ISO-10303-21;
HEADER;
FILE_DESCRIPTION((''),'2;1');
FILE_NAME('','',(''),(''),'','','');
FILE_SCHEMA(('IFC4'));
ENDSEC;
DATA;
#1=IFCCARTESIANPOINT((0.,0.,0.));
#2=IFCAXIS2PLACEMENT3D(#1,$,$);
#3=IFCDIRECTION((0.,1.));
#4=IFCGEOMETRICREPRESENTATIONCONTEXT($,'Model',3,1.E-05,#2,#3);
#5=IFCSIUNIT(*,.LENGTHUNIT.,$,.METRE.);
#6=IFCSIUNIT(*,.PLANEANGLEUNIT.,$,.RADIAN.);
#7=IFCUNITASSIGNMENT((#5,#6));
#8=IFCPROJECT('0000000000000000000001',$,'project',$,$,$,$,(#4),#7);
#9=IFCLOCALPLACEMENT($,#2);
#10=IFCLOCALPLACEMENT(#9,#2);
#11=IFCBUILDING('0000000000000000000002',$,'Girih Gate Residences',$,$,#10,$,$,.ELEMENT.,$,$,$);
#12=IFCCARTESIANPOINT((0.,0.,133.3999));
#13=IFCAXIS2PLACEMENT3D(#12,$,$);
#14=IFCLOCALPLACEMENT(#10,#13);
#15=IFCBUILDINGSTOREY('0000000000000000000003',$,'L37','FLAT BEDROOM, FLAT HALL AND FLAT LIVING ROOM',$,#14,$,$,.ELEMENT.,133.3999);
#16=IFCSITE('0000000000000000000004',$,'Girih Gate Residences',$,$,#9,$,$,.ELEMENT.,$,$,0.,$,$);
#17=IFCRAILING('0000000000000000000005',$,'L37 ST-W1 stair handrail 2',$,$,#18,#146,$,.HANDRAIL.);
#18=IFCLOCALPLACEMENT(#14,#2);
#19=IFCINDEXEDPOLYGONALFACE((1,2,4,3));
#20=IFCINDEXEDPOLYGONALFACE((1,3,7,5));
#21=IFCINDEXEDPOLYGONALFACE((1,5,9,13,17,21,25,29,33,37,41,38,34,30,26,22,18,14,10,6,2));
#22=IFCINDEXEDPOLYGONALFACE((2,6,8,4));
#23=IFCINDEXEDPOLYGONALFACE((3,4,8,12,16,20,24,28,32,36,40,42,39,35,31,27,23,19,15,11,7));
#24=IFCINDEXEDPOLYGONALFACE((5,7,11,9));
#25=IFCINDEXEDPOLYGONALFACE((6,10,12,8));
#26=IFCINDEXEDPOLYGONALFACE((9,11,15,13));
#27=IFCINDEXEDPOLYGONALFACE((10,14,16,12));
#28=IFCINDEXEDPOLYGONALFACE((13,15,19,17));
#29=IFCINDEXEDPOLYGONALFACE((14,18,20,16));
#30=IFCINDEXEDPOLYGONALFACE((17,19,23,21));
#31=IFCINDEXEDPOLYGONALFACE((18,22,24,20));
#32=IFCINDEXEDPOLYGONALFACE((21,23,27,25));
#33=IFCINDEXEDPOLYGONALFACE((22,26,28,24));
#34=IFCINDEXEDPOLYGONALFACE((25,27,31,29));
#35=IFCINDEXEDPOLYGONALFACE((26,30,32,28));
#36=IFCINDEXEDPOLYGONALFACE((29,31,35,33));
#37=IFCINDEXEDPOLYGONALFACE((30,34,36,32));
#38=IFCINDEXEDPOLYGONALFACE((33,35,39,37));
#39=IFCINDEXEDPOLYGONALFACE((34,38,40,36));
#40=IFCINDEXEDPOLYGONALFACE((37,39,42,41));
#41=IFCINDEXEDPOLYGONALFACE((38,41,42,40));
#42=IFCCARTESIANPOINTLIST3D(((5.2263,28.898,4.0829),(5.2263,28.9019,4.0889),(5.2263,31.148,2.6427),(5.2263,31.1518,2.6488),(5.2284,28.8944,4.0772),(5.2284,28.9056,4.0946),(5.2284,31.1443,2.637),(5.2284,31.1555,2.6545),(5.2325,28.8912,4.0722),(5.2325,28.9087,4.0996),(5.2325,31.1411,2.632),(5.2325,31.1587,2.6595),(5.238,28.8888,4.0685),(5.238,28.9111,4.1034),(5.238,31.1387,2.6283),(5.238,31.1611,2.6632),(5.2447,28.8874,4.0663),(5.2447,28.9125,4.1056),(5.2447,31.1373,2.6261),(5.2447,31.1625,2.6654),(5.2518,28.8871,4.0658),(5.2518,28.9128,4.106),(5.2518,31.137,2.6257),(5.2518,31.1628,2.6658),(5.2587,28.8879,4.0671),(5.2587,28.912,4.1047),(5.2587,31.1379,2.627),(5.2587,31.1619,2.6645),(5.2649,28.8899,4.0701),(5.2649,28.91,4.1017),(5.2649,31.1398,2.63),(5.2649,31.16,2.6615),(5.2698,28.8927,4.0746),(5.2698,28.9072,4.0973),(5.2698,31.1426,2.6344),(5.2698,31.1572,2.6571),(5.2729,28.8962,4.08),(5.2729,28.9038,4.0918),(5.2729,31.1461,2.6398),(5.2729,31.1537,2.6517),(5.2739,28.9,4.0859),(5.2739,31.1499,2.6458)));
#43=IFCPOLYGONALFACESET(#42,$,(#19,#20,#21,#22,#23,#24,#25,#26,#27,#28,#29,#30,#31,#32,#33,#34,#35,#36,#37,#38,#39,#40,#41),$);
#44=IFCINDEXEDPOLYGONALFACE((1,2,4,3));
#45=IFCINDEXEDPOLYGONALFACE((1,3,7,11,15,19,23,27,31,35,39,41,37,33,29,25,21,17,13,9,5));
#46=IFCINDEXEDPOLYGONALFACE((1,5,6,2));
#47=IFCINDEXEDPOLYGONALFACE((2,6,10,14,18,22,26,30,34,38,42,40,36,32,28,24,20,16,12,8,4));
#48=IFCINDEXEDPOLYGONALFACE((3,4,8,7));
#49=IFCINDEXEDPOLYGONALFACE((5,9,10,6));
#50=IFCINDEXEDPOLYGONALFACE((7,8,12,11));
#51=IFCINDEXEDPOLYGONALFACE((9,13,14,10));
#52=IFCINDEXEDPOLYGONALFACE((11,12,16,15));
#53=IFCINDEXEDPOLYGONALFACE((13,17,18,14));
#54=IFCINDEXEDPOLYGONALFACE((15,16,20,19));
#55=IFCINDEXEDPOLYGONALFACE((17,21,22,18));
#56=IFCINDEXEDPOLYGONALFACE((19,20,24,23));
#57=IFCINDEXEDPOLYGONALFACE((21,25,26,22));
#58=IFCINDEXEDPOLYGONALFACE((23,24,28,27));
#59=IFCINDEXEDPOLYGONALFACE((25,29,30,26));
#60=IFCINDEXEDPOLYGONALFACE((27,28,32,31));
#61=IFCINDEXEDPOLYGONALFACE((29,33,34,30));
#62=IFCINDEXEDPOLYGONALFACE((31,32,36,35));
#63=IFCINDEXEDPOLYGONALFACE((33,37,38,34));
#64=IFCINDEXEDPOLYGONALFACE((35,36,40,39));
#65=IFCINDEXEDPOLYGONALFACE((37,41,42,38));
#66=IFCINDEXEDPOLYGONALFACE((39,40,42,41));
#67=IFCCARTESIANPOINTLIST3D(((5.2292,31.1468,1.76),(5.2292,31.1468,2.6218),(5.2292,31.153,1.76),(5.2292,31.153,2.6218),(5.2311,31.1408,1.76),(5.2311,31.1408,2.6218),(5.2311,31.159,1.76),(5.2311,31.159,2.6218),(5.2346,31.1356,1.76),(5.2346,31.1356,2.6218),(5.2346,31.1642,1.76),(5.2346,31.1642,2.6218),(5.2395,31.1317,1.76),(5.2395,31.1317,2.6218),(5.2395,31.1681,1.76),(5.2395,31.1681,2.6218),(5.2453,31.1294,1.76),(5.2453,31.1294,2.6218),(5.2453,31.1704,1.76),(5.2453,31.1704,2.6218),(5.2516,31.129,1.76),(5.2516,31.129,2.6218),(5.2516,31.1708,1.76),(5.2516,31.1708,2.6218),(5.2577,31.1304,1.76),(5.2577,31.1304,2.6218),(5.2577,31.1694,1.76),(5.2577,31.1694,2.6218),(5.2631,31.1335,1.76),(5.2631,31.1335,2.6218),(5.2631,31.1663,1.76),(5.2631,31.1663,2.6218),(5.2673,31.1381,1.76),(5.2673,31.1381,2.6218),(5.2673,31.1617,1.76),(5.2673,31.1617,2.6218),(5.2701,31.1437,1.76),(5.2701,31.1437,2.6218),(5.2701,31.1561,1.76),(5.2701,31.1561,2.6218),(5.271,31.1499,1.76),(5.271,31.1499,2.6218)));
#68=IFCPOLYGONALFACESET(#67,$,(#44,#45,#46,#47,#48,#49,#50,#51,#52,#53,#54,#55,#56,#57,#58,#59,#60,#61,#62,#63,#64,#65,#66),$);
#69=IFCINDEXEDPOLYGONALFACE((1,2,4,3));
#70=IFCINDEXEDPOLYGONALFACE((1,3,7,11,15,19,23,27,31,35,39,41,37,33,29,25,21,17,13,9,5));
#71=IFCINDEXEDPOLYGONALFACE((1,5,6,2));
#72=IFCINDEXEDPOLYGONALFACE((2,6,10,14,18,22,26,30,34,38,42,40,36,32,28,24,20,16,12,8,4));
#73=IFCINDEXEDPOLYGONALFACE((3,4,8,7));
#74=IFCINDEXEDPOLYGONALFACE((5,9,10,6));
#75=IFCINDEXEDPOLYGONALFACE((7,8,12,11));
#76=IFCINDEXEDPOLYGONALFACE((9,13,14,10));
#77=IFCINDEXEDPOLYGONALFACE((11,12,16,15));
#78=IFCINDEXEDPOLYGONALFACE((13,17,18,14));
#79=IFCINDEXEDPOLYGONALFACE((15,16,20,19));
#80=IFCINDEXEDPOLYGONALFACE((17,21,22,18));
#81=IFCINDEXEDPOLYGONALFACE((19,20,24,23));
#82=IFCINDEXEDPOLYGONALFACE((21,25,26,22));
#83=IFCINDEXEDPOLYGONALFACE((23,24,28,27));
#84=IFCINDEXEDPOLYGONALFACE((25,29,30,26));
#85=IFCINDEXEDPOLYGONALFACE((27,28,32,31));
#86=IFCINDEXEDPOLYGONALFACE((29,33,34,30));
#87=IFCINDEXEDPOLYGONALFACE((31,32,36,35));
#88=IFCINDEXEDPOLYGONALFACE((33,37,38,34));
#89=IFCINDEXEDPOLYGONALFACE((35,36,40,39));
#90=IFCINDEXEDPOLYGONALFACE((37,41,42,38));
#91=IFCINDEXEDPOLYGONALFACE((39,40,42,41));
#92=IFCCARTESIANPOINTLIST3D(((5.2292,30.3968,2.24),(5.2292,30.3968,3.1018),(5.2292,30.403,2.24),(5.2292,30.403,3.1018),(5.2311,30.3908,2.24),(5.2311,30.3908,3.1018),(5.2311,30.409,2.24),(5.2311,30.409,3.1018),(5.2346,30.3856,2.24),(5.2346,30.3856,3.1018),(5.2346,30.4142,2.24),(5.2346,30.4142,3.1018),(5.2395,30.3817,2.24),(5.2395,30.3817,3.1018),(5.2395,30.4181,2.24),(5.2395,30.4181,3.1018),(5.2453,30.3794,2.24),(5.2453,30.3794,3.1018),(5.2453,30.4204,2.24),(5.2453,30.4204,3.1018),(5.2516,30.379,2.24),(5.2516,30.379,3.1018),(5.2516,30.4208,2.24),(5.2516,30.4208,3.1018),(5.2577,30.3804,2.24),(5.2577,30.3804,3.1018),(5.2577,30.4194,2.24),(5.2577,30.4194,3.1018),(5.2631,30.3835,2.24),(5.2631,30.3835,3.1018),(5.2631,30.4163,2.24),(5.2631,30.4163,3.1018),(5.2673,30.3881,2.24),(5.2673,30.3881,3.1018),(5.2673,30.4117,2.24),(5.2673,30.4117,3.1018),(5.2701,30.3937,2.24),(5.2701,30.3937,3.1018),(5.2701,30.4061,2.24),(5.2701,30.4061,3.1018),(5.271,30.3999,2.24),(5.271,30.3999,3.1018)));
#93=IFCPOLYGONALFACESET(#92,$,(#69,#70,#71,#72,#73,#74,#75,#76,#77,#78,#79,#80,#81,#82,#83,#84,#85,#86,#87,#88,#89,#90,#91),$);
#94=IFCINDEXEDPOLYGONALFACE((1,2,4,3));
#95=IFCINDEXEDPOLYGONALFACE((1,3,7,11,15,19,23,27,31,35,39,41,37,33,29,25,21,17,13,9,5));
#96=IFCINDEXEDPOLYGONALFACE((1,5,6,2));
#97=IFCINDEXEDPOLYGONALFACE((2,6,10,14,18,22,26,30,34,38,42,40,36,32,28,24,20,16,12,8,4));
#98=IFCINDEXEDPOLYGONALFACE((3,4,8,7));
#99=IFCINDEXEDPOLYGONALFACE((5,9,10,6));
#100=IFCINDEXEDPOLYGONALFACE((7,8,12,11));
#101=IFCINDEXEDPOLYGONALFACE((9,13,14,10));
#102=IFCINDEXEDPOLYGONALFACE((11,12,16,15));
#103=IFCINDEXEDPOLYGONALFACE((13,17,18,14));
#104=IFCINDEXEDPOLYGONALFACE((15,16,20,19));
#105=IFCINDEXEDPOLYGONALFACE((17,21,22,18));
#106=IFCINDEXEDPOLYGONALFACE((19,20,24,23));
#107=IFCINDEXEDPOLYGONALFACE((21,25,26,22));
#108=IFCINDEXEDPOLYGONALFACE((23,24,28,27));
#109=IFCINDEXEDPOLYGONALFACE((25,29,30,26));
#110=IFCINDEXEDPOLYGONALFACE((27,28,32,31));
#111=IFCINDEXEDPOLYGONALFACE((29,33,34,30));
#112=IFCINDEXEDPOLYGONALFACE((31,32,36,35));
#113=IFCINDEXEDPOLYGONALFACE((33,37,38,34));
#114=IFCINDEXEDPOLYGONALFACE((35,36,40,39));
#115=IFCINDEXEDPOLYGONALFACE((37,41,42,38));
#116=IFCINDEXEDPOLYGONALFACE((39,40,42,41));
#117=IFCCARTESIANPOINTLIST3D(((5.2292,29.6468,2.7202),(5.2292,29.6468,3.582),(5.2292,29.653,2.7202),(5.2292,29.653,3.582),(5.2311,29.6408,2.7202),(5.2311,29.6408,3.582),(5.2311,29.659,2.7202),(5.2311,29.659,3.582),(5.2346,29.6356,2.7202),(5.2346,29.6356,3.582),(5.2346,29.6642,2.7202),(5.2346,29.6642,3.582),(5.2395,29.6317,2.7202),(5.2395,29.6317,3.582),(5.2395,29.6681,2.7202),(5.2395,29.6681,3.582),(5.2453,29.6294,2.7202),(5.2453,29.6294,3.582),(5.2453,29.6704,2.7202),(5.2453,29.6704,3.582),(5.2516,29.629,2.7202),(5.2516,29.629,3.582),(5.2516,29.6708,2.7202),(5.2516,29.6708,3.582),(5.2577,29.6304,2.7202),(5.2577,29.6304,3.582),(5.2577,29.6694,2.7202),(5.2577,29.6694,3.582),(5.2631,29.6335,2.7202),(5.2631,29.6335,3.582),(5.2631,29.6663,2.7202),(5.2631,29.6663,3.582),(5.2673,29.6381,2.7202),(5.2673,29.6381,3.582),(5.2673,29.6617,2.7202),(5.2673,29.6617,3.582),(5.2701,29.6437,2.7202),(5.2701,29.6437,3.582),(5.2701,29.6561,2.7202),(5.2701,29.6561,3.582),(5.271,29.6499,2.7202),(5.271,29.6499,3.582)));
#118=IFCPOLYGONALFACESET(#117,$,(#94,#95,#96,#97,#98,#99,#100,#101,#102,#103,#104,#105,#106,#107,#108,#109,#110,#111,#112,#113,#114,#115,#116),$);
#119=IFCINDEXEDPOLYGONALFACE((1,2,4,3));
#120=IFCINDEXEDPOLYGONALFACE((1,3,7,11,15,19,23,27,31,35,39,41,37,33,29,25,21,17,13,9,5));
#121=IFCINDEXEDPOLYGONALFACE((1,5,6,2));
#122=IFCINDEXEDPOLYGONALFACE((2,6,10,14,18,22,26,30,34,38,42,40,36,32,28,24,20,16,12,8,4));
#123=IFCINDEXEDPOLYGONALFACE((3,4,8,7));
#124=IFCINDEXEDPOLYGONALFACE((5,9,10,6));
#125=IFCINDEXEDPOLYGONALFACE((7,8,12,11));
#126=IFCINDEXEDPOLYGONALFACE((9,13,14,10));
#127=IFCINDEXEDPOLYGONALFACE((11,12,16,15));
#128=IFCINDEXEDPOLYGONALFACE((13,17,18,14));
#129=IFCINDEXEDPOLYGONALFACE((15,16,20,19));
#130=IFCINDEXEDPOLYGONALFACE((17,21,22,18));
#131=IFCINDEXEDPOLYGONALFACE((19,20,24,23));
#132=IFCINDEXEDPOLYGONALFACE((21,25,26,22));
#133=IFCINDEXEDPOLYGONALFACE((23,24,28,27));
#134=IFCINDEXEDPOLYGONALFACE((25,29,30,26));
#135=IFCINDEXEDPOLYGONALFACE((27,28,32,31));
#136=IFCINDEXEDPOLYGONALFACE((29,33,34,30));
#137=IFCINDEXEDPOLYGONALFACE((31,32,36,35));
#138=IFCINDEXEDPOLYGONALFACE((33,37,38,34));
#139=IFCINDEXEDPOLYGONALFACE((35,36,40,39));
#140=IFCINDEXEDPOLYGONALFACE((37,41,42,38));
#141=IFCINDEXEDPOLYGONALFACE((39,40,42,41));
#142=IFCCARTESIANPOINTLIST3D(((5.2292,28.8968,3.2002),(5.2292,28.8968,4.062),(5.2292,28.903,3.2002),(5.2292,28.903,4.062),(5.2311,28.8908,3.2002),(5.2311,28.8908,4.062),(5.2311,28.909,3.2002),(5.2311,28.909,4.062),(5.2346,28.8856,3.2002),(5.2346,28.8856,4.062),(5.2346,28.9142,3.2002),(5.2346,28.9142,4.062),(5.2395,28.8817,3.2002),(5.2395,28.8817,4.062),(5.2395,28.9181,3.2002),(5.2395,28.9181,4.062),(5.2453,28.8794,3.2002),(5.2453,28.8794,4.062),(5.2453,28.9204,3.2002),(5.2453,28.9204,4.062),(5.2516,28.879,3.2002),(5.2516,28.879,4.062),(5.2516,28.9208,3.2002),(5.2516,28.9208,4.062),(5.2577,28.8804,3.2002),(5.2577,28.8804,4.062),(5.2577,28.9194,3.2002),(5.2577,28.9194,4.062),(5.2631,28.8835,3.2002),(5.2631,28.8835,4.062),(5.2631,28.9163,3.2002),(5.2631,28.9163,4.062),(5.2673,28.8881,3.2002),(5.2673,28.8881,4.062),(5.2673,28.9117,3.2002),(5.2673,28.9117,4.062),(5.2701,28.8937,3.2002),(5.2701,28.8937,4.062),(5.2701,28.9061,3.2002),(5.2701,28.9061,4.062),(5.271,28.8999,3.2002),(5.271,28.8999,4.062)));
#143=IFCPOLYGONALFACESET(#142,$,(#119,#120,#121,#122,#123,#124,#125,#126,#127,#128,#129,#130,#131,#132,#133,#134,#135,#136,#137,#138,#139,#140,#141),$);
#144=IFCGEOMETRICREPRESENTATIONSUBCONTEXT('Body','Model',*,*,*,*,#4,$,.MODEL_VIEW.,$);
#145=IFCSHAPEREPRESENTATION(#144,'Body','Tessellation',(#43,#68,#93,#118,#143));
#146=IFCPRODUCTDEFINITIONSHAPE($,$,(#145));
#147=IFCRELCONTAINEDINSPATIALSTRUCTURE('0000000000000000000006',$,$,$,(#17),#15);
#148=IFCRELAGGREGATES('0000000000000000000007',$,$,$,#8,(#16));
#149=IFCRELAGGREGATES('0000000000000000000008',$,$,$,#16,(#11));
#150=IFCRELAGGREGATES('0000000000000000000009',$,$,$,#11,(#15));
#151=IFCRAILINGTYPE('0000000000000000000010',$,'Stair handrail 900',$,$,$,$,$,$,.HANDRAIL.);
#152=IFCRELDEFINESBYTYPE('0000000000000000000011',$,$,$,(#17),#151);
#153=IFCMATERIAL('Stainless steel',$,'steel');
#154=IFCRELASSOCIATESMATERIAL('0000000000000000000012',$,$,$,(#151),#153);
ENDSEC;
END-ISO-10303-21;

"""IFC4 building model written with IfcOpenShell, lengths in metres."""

from ifc_helpers import new_model, si_unit, direction, frame, origin, origin_2d, place, context, subcontext, project, spatial, circle, extrude, material, type_object, element, save


model = new_model("IFC4")

# Units and contexts
model_context = context("Model", 3, precision=1e-05, world=origin(), true_north=direction((0.0, 1.0)))
body_context = subcontext(model_context, "Body", "Model", "MODEL_VIEW")
ifc_project = project(units=[si_unit("LENGTHUNIT", "METRE"), si_unit("PLANEANGLEUNIT", "RADIAN")], contexts=[model_context])

# Site, building, storey
site_placement = place(None, origin())
site = spatial("IfcSite", under=ifc_project, at=site_placement, Name="Girih Gate Residences", CompositionType="ELEMENT", RefElevation=0.0)
building_placement = place(site_placement, origin())
building = spatial("IfcBuilding", under=site, at=building_placement, Name="Girih Gate Residences", CompositionType="ELEMENT")
storey_placement = place(building_placement, frame((0.0, 0.0, 133.3999)))
storey = spatial("IfcBuildingStorey", under=building, at=storey_placement, Name="L37", Description="FLAT BEDROOM, FLAT HALL AND FLAT LIVING ROOM", CompositionType="ELEMENT", Elevation=133.3999)

# Railing
ifc_material_1 = material(Name="Stainless steel", Category="steel")
railing_type_1 = type_object("IfcRailingType", Name="Stair handrail 900", PredefinedType="HANDRAIL", material=ifc_material_1)
railing_1_placement = place(storey_placement, frame((5.25, 31.1499, 1.76)))
element("IfcRailing", 1, at=railing_1_placement, inside=storey, type_object=railing_type_1, Name="L37 ST-W1 stair handrail 2", PredefinedType="HANDRAIL", context=body_context, shape_type="SweptSolid", body=[
    extrude(circle(Radius=0.0239, at=origin_2d()), frame((0.0, 0.0, 0.8857), z_axis=(0.0, -0.84224, 0.539103), x_axis=(1.0, 0.0, 0.0)), (0.0, 0.0, 1.0), 2.6714),
    extrude(circle(Radius=0.021, at=origin_2d()), origin(), (0.0, 0.0, 1.0), 0.8618),
    extrude(circle(Radius=0.021, at=origin_2d()), frame((0.0, -0.75, 0.48)), (0.0, 0.0, 1.0), 0.8618),
    extrude(circle(Radius=0.021, at=origin_2d()), frame((0.0, -1.5, 0.9602)), (0.0, 0.0, 1.0), 0.8618),
    extrude(circle(Radius=0.021, at=origin_2d()), frame((0.0, -2.25, 1.4402)), (0.0, 0.0, 1.0), 0.8618),
])

save(model, "model.ifc")
